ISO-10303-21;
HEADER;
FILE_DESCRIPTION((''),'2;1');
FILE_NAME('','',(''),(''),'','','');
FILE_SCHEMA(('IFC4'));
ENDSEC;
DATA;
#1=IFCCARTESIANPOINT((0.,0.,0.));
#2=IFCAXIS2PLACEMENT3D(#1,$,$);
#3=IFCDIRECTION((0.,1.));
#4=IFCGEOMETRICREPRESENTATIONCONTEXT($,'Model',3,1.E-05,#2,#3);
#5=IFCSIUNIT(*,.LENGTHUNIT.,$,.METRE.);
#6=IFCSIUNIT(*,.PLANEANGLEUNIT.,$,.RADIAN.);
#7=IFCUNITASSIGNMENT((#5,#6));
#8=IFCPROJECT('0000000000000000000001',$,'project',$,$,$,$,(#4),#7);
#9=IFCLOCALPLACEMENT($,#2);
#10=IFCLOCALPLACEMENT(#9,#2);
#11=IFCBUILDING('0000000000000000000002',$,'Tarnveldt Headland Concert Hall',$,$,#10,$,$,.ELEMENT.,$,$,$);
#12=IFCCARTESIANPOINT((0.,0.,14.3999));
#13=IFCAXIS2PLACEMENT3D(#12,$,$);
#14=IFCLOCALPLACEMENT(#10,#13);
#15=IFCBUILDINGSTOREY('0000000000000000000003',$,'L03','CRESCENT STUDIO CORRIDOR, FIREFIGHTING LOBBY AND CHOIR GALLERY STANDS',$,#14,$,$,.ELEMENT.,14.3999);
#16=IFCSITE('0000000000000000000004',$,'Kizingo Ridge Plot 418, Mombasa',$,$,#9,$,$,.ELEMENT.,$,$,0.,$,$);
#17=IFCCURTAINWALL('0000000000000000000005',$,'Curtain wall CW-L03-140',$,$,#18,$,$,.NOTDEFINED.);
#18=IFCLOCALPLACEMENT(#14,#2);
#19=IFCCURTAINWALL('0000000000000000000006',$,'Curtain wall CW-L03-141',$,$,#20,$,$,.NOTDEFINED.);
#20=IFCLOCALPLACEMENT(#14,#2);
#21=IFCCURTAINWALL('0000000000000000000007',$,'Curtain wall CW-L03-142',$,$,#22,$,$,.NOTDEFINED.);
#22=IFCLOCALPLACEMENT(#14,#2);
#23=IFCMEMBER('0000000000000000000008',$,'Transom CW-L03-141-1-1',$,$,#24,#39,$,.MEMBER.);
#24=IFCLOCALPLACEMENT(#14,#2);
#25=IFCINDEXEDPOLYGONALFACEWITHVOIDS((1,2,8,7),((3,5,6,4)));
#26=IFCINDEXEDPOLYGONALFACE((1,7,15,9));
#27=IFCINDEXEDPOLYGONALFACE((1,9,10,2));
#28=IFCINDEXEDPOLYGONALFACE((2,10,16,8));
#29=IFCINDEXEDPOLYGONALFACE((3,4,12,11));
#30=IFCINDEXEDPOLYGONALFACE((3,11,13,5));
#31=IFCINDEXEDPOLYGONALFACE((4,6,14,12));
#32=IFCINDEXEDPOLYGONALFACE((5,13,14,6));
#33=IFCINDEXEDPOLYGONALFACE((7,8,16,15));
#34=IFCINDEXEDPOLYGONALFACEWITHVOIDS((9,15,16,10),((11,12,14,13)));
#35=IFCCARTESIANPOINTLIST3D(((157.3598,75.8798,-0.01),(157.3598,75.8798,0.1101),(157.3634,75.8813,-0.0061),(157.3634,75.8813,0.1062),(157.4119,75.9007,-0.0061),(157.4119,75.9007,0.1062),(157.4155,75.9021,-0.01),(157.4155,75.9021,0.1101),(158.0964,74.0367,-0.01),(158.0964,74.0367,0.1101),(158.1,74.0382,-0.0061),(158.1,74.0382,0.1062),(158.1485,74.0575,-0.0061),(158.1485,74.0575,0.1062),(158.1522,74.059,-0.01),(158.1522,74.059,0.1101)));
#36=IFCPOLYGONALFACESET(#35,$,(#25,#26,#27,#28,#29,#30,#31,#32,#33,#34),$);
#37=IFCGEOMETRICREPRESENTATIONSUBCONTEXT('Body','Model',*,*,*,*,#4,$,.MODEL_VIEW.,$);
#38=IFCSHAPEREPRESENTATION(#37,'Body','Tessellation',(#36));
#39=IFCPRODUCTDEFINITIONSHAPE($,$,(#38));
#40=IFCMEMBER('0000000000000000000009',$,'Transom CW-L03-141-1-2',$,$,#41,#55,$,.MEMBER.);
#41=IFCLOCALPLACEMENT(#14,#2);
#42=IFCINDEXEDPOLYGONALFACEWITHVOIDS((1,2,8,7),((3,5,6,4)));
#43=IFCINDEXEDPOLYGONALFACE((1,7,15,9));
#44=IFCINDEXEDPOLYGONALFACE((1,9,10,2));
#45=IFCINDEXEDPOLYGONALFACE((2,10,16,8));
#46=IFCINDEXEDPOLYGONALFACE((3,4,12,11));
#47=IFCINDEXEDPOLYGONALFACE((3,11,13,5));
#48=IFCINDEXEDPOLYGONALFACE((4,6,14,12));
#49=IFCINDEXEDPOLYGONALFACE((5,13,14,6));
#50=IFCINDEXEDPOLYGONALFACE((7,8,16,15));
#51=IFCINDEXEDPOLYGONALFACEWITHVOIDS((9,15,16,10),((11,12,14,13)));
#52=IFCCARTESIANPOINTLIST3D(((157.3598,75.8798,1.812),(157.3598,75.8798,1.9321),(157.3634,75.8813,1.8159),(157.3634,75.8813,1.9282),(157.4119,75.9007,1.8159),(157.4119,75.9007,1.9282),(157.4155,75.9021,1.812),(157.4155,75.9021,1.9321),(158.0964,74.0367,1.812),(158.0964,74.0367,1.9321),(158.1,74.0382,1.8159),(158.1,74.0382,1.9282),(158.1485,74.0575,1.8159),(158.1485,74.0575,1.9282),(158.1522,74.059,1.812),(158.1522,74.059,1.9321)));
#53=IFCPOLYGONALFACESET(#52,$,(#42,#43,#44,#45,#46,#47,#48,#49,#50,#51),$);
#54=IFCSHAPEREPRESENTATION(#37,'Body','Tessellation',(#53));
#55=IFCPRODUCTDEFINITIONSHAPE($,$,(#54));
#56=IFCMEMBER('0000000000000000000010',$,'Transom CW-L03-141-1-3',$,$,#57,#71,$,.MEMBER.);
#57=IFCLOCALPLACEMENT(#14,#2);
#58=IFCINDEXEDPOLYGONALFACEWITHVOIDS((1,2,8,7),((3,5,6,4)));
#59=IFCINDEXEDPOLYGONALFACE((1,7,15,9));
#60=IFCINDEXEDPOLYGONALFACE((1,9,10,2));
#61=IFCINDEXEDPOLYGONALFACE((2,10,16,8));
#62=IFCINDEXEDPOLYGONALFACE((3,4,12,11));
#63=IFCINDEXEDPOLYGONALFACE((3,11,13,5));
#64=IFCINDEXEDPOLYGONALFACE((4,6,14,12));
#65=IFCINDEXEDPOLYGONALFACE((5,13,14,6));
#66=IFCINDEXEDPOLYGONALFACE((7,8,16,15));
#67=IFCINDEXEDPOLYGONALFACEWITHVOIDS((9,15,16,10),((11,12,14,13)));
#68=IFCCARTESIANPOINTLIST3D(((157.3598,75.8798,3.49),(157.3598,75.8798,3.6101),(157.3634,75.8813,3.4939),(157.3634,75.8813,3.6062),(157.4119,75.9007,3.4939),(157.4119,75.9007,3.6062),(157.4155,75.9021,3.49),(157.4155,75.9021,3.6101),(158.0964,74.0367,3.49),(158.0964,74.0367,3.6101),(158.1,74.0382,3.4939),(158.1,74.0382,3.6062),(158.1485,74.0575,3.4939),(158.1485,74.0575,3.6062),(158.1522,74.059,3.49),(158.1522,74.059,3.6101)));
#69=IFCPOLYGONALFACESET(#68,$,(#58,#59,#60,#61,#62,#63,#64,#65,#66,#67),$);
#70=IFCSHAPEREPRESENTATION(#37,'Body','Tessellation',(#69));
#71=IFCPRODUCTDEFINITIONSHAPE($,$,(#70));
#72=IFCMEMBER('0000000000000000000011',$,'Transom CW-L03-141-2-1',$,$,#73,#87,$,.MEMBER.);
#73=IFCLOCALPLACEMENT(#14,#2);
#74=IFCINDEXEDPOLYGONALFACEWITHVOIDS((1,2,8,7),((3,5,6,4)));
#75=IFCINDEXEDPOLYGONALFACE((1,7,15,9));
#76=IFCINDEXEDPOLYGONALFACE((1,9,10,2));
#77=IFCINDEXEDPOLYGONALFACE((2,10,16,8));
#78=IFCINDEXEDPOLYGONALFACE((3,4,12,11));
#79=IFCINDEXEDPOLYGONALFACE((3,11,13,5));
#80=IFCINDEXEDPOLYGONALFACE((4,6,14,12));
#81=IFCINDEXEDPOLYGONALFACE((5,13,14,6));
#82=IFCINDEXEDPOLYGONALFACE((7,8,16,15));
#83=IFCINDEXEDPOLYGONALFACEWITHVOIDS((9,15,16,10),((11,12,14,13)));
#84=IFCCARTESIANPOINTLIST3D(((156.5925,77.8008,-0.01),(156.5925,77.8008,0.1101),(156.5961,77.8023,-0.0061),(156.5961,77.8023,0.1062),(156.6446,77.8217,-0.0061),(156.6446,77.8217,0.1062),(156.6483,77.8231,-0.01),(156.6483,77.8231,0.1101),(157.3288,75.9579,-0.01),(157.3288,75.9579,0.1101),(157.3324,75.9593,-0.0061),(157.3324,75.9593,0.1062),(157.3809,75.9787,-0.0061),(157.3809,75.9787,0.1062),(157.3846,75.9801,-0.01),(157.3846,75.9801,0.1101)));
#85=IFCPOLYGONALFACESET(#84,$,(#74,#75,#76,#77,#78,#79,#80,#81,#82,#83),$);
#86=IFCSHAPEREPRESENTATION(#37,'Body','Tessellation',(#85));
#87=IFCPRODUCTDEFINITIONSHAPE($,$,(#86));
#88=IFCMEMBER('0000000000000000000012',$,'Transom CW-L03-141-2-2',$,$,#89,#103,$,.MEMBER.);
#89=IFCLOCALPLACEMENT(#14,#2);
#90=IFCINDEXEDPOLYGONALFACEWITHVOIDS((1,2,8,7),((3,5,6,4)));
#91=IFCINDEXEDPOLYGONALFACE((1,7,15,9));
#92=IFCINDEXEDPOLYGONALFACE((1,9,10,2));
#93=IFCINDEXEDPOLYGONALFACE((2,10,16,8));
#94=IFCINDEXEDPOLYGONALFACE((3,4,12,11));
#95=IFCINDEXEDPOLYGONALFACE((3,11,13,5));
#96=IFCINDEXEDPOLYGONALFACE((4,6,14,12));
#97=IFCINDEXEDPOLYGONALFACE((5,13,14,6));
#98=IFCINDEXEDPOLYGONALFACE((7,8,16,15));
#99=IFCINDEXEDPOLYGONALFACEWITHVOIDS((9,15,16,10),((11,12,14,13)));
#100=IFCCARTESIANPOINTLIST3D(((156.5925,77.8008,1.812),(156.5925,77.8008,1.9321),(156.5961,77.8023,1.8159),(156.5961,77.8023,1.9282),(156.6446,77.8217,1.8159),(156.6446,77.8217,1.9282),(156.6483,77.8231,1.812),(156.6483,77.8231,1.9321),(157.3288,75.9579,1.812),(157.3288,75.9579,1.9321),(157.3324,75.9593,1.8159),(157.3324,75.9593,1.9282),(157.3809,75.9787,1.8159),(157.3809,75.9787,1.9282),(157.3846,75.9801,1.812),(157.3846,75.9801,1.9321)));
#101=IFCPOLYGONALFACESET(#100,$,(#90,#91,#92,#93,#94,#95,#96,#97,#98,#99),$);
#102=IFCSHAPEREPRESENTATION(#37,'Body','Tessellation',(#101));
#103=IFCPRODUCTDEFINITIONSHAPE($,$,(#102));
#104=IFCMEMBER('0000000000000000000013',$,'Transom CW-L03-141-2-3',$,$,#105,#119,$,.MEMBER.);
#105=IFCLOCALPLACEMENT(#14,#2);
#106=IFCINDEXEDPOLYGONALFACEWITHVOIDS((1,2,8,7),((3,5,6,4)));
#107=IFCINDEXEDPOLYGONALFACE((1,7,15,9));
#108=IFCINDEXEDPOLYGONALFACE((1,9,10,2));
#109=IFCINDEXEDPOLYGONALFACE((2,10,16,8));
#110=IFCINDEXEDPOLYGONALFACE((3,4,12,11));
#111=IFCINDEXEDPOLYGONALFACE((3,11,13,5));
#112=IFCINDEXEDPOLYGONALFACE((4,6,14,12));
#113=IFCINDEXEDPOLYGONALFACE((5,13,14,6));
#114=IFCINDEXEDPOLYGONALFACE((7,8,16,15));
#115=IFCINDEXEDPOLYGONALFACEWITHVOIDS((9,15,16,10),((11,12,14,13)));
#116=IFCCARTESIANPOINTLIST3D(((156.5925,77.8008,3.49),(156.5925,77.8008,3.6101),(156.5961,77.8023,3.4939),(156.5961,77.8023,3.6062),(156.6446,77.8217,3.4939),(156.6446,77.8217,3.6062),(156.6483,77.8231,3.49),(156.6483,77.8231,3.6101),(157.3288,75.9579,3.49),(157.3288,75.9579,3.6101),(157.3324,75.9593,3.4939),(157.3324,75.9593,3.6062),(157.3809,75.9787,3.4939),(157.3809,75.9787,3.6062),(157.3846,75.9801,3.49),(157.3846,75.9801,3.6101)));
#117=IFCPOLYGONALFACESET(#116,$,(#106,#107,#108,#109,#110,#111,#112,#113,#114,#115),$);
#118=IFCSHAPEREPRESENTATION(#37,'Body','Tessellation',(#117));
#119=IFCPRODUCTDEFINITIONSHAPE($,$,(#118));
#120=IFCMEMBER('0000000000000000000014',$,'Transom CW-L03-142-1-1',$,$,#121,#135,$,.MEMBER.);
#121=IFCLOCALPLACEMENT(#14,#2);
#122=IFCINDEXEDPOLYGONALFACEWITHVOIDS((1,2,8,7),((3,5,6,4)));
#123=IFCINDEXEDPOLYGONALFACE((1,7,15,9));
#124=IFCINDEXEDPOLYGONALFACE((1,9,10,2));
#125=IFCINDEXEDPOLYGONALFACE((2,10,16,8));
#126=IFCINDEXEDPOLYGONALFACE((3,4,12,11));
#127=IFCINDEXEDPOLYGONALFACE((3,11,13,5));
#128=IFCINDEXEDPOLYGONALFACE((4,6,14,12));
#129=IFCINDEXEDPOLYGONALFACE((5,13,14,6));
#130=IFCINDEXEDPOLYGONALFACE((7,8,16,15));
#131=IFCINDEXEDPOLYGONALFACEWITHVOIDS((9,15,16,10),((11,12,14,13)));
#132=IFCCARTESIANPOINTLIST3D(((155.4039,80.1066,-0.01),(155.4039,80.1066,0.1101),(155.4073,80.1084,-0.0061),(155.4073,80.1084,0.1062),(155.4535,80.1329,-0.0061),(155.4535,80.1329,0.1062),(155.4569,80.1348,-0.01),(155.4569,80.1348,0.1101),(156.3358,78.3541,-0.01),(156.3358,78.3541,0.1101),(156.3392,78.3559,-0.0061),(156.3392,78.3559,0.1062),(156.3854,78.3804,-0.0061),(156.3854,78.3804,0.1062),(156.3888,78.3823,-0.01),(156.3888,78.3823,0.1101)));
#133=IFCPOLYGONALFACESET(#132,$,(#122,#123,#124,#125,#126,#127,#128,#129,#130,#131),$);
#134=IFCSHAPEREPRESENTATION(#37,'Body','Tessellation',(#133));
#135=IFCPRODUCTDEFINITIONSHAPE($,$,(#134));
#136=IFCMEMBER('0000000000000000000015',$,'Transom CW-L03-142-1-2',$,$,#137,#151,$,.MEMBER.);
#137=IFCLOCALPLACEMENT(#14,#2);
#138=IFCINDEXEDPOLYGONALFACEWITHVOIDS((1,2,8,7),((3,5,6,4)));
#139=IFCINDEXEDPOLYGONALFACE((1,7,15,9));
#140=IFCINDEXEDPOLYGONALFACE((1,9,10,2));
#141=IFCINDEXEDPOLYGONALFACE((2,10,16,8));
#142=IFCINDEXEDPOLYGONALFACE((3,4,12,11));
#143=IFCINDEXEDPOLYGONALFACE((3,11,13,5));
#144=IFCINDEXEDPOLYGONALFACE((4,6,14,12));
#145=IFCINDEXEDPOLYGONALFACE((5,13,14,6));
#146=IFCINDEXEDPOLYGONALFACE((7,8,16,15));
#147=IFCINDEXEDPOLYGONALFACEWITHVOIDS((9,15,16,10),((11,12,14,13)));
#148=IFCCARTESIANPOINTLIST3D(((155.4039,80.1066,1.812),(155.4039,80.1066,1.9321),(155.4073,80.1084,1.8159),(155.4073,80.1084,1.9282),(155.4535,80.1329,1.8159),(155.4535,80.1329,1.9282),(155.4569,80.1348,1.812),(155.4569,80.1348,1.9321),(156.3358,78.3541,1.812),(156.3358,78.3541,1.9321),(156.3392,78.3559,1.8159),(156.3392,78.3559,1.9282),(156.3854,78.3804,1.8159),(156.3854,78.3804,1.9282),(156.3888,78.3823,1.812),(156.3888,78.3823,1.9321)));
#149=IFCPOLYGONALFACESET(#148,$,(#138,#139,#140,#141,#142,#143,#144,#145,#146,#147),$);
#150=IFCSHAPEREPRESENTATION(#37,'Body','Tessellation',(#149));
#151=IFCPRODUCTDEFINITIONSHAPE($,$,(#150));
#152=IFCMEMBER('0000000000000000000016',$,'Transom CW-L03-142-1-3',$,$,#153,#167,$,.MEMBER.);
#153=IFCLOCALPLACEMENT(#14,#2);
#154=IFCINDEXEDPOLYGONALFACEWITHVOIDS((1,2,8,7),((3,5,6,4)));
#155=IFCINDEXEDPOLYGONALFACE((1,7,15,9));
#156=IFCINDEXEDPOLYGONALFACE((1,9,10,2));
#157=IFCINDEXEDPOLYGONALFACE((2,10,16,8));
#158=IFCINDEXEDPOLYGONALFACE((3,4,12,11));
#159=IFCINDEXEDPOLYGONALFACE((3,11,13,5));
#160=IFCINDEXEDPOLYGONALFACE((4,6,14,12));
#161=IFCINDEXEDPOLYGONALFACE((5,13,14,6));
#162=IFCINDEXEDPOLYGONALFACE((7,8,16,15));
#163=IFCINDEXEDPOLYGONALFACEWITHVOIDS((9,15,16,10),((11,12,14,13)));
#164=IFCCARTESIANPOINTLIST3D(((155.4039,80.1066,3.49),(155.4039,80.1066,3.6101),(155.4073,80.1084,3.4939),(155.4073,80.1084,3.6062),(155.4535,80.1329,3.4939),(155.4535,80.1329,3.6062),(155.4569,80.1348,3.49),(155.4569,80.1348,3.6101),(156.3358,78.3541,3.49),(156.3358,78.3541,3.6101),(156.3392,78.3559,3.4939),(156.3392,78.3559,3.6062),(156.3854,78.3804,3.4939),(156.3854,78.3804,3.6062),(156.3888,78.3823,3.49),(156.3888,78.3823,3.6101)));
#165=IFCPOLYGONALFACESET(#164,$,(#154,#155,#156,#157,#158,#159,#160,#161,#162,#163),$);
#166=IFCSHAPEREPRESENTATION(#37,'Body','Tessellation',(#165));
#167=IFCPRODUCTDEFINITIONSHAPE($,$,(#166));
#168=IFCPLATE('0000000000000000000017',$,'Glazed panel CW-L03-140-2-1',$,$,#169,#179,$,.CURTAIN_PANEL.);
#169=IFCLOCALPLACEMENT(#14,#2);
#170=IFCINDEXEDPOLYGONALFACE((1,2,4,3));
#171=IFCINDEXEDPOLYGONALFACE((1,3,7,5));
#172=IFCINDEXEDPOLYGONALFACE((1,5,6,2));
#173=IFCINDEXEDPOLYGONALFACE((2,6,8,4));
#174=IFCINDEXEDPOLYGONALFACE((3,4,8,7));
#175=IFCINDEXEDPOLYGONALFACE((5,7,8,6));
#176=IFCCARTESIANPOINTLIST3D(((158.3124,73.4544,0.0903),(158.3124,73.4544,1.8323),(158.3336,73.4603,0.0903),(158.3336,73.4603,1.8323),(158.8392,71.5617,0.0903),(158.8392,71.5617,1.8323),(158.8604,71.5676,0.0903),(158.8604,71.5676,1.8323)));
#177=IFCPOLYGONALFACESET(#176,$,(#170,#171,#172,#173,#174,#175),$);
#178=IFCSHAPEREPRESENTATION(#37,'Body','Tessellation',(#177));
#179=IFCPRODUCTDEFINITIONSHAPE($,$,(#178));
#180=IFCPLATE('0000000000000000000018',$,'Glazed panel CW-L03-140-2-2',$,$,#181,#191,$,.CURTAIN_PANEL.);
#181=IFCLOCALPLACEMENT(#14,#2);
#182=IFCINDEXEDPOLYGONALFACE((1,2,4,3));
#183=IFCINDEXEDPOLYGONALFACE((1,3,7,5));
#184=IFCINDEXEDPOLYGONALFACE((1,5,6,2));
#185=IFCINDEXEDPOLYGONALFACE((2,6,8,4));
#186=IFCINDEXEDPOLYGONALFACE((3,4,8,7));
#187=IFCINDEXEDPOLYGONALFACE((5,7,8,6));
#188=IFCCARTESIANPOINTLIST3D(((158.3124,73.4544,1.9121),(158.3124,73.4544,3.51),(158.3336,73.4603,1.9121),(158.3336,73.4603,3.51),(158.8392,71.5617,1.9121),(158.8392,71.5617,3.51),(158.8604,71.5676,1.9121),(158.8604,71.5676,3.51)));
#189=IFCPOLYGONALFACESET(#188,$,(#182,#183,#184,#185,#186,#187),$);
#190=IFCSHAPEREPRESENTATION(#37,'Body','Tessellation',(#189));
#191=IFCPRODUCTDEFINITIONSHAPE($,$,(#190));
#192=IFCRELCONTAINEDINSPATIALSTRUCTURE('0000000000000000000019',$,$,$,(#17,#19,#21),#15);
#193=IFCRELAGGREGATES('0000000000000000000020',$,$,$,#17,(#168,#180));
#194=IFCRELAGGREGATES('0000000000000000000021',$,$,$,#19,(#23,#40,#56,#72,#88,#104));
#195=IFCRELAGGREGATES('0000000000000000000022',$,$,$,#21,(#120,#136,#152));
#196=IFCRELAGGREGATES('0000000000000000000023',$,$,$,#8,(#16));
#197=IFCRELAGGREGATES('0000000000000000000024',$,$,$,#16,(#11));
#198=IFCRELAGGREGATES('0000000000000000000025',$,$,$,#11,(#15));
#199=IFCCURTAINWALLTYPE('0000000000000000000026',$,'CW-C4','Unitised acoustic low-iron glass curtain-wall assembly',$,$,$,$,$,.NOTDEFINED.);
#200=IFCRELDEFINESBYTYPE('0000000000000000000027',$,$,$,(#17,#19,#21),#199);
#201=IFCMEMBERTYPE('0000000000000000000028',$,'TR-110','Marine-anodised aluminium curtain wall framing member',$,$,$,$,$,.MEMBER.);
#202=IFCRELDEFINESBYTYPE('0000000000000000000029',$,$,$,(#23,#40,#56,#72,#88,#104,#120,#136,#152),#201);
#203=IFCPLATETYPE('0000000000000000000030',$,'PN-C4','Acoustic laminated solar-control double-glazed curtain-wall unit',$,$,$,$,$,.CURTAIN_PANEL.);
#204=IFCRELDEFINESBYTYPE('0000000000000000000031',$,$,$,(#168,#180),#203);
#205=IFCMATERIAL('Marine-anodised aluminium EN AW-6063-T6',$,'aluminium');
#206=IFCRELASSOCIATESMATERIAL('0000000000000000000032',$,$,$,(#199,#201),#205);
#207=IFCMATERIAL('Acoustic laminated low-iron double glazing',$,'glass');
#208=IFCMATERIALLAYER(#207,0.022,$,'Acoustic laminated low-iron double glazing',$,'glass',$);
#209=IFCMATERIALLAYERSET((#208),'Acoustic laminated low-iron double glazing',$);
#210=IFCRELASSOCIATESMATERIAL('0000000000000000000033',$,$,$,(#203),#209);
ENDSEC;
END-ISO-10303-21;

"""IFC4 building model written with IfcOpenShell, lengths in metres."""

from ifc_helpers import new_model, si_unit, direction, frame, origin, origin_2d, place, context, subcontext, project, spatial, rectangle, hollow_rectangle, extrude, material, layer, layer_set, material_profile, profile_set, type_object, element, aggregate, save


model = new_model("IFC4")

# Units and contexts
model_context = context("Model", 3, precision=1e-05, world=origin(), true_north=direction((0.0, 1.0)))
body_context = subcontext(model_context, "Body", "Model", "MODEL_VIEW")
ifc_project = project(units=[si_unit("LENGTHUNIT", "METRE"), si_unit("PLANEANGLEUNIT", "RADIAN")], contexts=[model_context])

# Site, building, storey
site_placement = place(None, origin())
site = spatial("IfcSite", under=ifc_project, at=site_placement, Name="Kizingo Ridge Plot 418, Mombasa", CompositionType="ELEMENT", RefElevation=0.0)
building_placement = place(site_placement, origin())
building = spatial("IfcBuilding", under=site, at=building_placement, Name="Tarnveldt Headland Concert Hall", CompositionType="ELEMENT")
storey_placement = place(building_placement, frame((0.0, 0.0, 14.3999)))
storey = spatial("IfcBuildingStorey", under=building, at=storey_placement, Name="L03", Description="CRESCENT STUDIO CORRIDOR, FIREFIGHTING LOBBY AND CHOIR GALLERY STANDS", CompositionType="ELEMENT", Elevation=14.3999)

# Curtain wall
ifc_material_1 = material(Name="Marine-anodised aluminium EN AW-6063-T6", Category="aluminium")
curtain_wall_type = type_object("IfcCurtainWallType", Name="CW-C4", Description="Unitised acoustic low-iron glass curtain-wall assembly", PredefinedType="NOTDEFINED", material=ifc_material_1)
curtain_wall_1_placement = place(storey_placement, origin())
curtain_wall_1 = element("IfcCurtainWall", 1, at=curtain_wall_1_placement, inside=storey, type_object=curtain_wall_type, Name="Curtain wall CW-L03-140", PredefinedType="NOTDEFINED")

# Curtain wall
curtain_wall_2_placement = place(storey_placement, origin())
curtain_wall_2 = element("IfcCurtainWall", 2, at=curtain_wall_2_placement, inside=storey, type_object=curtain_wall_type, Name="Curtain wall CW-L03-141", PredefinedType="NOTDEFINED")

# Curtain wall
curtain_wall_3_placement = place(storey_placement, origin())
curtain_wall_3 = element("IfcCurtainWall", 3, at=curtain_wall_3_placement, inside=storey, type_object=curtain_wall_type, Name="Curtain wall CW-L03-142", PredefinedType="NOTDEFINED")

# Members
ifc_material_profile_1 = material_profile(ifc_material_1, hollow_rectangle(XDim=0.0601, YDim=0.1201, WallThickness=0.0039, at=origin_2d()), Name="ALU TRANSOM 60x120x4", Category="aluminium")
ifc_profile_set_1 = profile_set([ifc_material_profile_1], Name="Marine-anodised aluminium EN AW-6063-T6")
member_type_1 = type_object("IfcMemberType", Name="TR-110", Description="Marine-anodised aluminium curtain wall framing member", PredefinedType="MEMBER", material=ifc_profile_set_1)
member_1_placement = place(storey_placement, frame((158.1243, 74.0479, 0.05), z_axis=(-0.371115, 0.928587, 0.0), x_axis=(-0.928587, -0.371115, 0.0)))
member_1 = element("IfcMember", 4, at=member_1_placement, type_object=member_type_1, Name="Transom CW-L03-141-1-1", PredefinedType="MEMBER", context=body_context, shape_type="SweptSolid", body=[
    extrude(hollow_rectangle(XDim=0.0601, YDim=0.1201, WallThickness=0.0039, at=origin_2d()), origin(), (0.0, 0.0, 1.0), 1.9849),
])
member_2_placement = place(storey_placement, frame((158.1243, 74.0479, 1.8721), z_axis=(-0.371115, 0.928587, 0.0), x_axis=(-0.928587, -0.371115, 0.0)))
member_2 = element("IfcMember", 5, at=member_2_placement, type_object=member_type_1, Name="Transom CW-L03-141-1-2", PredefinedType="MEMBER", context=body_context, shape_type="SweptSolid", body=[
    extrude(hollow_rectangle(XDim=0.0601, YDim=0.1201, WallThickness=0.0039, at=origin_2d()), origin(), (0.0, 0.0, 1.0), 1.9849),
])
member_3_placement = place(storey_placement, frame((158.1243, 74.0479, 3.55), z_axis=(-0.371115, 0.928587, 0.0), x_axis=(-0.928587, -0.371115, 0.0)))
member_3 = element("IfcMember", 6, at=member_3_placement, type_object=member_type_1, Name="Transom CW-L03-141-1-3", PredefinedType="MEMBER", context=body_context, shape_type="SweptSolid", body=[
    extrude(hollow_rectangle(XDim=0.0601, YDim=0.1201, WallThickness=0.0039, at=origin_2d()), origin(), (0.0, 0.0, 1.0), 1.9849),
])
member_4_placement = place(storey_placement, frame((157.3567, 75.969, 0.05), z_axis=(-0.371009, 0.928629, 0.0), x_axis=(-0.928629, -0.371009, 0.0)))
member_4 = element("IfcMember", 7, at=member_4_placement, type_object=member_type_1, Name="Transom CW-L03-141-2-1", PredefinedType="MEMBER", context=body_context, shape_type="SweptSolid", body=[
    extrude(hollow_rectangle(XDim=0.0601, YDim=0.1201, WallThickness=0.0039, at=origin_2d()), origin(), (0.0, 0.0, 1.0), 1.9846),
])
member_5_placement = place(storey_placement, frame((157.3567, 75.969, 1.8721), z_axis=(-0.371009, 0.928629, 0.0), x_axis=(-0.928629, -0.371009, 0.0)))
member_5 = element("IfcMember", 8, at=member_5_placement, type_object=member_type_1, Name="Transom CW-L03-141-2-2", PredefinedType="MEMBER", context=body_context, shape_type="SweptSolid", body=[
    extrude(hollow_rectangle(XDim=0.0601, YDim=0.1201, WallThickness=0.0039, at=origin_2d()), origin(), (0.0, 0.0, 1.0), 1.9846),
])
member_6_placement = place(storey_placement, frame((157.3567, 75.969, 3.55), z_axis=(-0.371009, 0.928629, 0.0), x_axis=(-0.928629, -0.371009, 0.0)))
member_6 = element("IfcMember", 9, at=member_6_placement, type_object=member_type_1, Name="Transom CW-L03-141-2-3", PredefinedType="MEMBER", context=body_context, shape_type="SweptSolid", body=[
    extrude(hollow_rectangle(XDim=0.0601, YDim=0.1201, WallThickness=0.0039, at=origin_2d()), origin(), (0.0, 0.0, 1.0), 1.9846),
])
member_7_placement = place(storey_placement, frame((156.3623, 78.3682, 0.05), z_axis=(-0.469509, 0.882928, 0.0), x_axis=(-0.882928, -0.469509, 0.0)))
member_7 = element("IfcMember", 10, at=member_7_placement, type_object=member_type_1, Name="Transom CW-L03-142-1-1", PredefinedType="MEMBER", context=body_context, shape_type="SweptSolid", body=[
    extrude(hollow_rectangle(XDim=0.0601, YDim=0.1201, WallThickness=0.0039, at=origin_2d()), origin(), (0.0, 0.0, 1.0), 1.9849),
])
member_8_placement = place(storey_placement, frame((156.3623, 78.3682, 1.8721), z_axis=(-0.469509, 0.882928, 0.0), x_axis=(-0.882928, -0.469509, 0.0)))
member_8 = element("IfcMember", 11, at=member_8_placement, type_object=member_type_1, Name="Transom CW-L03-142-1-2", PredefinedType="MEMBER", context=body_context, shape_type="SweptSolid", body=[
    extrude(hollow_rectangle(XDim=0.0601, YDim=0.1201, WallThickness=0.0039, at=origin_2d()), origin(), (0.0, 0.0, 1.0), 1.9849),
])
member_9_placement = place(storey_placement, frame((156.3623, 78.3682, 3.55), z_axis=(-0.469509, 0.882928, 0.0), x_axis=(-0.882928, -0.469509, 0.0)))
member_9 = element("IfcMember", 12, at=member_9_placement, type_object=member_type_1, Name="Transom CW-L03-142-1-3", PredefinedType="MEMBER", context=body_context, shape_type="SweptSolid", body=[
    extrude(hollow_rectangle(XDim=0.0601, YDim=0.1201, WallThickness=0.0039, at=origin_2d()), origin(), (0.0, 0.0, 1.0), 1.9849),
])

# Plates
ifc_material_2 = material(Name="Acoustic laminated low-iron double glazing", Category="glass")
ifc_layer = layer(ifc_material_2, 0.022, Name="Acoustic laminated low-iron double glazing", Category="glass")
ifc_layer_set = layer_set([ifc_layer], Name="Acoustic laminated low-iron double glazing")
plate_type = type_object("IfcPlateType", Name="PN-C4", Description="Acoustic laminated solar-control double-glazed curtain-wall unit", PredefinedType="CURTAIN_PANEL", material=ifc_layer_set)
plate_1_placement = place(storey_placement, frame((158.5864, 72.511, 0.0903), z_axis=(0.0, 0.0, 1.0), x_axis=(-0.268146, 0.963378, 0.0)))
plate_1 = element("IfcPlate", 13, at=plate_1_placement, type_object=plate_type, Name="Glazed panel CW-L03-140-2-1", PredefinedType="CURTAIN_PANEL", context=body_context, shape_type="SweptSolid", body=[
    extrude(rectangle(XDim=1.9646, YDim=0.022, at=origin_2d()), origin(), (0.0, 0.0, 1.0), 1.7419),
])
plate_2_placement = place(storey_placement, frame((158.5864, 72.511, 1.9121), z_axis=(0.0, 0.0, 1.0), x_axis=(-0.268146, 0.963378, 0.0)))
plate_2 = element("IfcPlate", 14, at=plate_2_placement, type_object=plate_type, Name="Glazed panel CW-L03-140-2-2", PredefinedType="CURTAIN_PANEL", context=body_context, shape_type="SweptSolid", body=[
    extrude(rectangle(XDim=1.9646, YDim=0.022, at=origin_2d()), origin(), (0.0, 0.0, 1.0), 1.5979),
])
aggregate(curtain_wall_1, [plate_1, plate_2])
aggregate(curtain_wall_2, [member_1, member_2, member_3, member_4, member_5, member_6])
aggregate(curtain_wall_3, [member_7, member_8, member_9])

save(model, "model.ifc")
